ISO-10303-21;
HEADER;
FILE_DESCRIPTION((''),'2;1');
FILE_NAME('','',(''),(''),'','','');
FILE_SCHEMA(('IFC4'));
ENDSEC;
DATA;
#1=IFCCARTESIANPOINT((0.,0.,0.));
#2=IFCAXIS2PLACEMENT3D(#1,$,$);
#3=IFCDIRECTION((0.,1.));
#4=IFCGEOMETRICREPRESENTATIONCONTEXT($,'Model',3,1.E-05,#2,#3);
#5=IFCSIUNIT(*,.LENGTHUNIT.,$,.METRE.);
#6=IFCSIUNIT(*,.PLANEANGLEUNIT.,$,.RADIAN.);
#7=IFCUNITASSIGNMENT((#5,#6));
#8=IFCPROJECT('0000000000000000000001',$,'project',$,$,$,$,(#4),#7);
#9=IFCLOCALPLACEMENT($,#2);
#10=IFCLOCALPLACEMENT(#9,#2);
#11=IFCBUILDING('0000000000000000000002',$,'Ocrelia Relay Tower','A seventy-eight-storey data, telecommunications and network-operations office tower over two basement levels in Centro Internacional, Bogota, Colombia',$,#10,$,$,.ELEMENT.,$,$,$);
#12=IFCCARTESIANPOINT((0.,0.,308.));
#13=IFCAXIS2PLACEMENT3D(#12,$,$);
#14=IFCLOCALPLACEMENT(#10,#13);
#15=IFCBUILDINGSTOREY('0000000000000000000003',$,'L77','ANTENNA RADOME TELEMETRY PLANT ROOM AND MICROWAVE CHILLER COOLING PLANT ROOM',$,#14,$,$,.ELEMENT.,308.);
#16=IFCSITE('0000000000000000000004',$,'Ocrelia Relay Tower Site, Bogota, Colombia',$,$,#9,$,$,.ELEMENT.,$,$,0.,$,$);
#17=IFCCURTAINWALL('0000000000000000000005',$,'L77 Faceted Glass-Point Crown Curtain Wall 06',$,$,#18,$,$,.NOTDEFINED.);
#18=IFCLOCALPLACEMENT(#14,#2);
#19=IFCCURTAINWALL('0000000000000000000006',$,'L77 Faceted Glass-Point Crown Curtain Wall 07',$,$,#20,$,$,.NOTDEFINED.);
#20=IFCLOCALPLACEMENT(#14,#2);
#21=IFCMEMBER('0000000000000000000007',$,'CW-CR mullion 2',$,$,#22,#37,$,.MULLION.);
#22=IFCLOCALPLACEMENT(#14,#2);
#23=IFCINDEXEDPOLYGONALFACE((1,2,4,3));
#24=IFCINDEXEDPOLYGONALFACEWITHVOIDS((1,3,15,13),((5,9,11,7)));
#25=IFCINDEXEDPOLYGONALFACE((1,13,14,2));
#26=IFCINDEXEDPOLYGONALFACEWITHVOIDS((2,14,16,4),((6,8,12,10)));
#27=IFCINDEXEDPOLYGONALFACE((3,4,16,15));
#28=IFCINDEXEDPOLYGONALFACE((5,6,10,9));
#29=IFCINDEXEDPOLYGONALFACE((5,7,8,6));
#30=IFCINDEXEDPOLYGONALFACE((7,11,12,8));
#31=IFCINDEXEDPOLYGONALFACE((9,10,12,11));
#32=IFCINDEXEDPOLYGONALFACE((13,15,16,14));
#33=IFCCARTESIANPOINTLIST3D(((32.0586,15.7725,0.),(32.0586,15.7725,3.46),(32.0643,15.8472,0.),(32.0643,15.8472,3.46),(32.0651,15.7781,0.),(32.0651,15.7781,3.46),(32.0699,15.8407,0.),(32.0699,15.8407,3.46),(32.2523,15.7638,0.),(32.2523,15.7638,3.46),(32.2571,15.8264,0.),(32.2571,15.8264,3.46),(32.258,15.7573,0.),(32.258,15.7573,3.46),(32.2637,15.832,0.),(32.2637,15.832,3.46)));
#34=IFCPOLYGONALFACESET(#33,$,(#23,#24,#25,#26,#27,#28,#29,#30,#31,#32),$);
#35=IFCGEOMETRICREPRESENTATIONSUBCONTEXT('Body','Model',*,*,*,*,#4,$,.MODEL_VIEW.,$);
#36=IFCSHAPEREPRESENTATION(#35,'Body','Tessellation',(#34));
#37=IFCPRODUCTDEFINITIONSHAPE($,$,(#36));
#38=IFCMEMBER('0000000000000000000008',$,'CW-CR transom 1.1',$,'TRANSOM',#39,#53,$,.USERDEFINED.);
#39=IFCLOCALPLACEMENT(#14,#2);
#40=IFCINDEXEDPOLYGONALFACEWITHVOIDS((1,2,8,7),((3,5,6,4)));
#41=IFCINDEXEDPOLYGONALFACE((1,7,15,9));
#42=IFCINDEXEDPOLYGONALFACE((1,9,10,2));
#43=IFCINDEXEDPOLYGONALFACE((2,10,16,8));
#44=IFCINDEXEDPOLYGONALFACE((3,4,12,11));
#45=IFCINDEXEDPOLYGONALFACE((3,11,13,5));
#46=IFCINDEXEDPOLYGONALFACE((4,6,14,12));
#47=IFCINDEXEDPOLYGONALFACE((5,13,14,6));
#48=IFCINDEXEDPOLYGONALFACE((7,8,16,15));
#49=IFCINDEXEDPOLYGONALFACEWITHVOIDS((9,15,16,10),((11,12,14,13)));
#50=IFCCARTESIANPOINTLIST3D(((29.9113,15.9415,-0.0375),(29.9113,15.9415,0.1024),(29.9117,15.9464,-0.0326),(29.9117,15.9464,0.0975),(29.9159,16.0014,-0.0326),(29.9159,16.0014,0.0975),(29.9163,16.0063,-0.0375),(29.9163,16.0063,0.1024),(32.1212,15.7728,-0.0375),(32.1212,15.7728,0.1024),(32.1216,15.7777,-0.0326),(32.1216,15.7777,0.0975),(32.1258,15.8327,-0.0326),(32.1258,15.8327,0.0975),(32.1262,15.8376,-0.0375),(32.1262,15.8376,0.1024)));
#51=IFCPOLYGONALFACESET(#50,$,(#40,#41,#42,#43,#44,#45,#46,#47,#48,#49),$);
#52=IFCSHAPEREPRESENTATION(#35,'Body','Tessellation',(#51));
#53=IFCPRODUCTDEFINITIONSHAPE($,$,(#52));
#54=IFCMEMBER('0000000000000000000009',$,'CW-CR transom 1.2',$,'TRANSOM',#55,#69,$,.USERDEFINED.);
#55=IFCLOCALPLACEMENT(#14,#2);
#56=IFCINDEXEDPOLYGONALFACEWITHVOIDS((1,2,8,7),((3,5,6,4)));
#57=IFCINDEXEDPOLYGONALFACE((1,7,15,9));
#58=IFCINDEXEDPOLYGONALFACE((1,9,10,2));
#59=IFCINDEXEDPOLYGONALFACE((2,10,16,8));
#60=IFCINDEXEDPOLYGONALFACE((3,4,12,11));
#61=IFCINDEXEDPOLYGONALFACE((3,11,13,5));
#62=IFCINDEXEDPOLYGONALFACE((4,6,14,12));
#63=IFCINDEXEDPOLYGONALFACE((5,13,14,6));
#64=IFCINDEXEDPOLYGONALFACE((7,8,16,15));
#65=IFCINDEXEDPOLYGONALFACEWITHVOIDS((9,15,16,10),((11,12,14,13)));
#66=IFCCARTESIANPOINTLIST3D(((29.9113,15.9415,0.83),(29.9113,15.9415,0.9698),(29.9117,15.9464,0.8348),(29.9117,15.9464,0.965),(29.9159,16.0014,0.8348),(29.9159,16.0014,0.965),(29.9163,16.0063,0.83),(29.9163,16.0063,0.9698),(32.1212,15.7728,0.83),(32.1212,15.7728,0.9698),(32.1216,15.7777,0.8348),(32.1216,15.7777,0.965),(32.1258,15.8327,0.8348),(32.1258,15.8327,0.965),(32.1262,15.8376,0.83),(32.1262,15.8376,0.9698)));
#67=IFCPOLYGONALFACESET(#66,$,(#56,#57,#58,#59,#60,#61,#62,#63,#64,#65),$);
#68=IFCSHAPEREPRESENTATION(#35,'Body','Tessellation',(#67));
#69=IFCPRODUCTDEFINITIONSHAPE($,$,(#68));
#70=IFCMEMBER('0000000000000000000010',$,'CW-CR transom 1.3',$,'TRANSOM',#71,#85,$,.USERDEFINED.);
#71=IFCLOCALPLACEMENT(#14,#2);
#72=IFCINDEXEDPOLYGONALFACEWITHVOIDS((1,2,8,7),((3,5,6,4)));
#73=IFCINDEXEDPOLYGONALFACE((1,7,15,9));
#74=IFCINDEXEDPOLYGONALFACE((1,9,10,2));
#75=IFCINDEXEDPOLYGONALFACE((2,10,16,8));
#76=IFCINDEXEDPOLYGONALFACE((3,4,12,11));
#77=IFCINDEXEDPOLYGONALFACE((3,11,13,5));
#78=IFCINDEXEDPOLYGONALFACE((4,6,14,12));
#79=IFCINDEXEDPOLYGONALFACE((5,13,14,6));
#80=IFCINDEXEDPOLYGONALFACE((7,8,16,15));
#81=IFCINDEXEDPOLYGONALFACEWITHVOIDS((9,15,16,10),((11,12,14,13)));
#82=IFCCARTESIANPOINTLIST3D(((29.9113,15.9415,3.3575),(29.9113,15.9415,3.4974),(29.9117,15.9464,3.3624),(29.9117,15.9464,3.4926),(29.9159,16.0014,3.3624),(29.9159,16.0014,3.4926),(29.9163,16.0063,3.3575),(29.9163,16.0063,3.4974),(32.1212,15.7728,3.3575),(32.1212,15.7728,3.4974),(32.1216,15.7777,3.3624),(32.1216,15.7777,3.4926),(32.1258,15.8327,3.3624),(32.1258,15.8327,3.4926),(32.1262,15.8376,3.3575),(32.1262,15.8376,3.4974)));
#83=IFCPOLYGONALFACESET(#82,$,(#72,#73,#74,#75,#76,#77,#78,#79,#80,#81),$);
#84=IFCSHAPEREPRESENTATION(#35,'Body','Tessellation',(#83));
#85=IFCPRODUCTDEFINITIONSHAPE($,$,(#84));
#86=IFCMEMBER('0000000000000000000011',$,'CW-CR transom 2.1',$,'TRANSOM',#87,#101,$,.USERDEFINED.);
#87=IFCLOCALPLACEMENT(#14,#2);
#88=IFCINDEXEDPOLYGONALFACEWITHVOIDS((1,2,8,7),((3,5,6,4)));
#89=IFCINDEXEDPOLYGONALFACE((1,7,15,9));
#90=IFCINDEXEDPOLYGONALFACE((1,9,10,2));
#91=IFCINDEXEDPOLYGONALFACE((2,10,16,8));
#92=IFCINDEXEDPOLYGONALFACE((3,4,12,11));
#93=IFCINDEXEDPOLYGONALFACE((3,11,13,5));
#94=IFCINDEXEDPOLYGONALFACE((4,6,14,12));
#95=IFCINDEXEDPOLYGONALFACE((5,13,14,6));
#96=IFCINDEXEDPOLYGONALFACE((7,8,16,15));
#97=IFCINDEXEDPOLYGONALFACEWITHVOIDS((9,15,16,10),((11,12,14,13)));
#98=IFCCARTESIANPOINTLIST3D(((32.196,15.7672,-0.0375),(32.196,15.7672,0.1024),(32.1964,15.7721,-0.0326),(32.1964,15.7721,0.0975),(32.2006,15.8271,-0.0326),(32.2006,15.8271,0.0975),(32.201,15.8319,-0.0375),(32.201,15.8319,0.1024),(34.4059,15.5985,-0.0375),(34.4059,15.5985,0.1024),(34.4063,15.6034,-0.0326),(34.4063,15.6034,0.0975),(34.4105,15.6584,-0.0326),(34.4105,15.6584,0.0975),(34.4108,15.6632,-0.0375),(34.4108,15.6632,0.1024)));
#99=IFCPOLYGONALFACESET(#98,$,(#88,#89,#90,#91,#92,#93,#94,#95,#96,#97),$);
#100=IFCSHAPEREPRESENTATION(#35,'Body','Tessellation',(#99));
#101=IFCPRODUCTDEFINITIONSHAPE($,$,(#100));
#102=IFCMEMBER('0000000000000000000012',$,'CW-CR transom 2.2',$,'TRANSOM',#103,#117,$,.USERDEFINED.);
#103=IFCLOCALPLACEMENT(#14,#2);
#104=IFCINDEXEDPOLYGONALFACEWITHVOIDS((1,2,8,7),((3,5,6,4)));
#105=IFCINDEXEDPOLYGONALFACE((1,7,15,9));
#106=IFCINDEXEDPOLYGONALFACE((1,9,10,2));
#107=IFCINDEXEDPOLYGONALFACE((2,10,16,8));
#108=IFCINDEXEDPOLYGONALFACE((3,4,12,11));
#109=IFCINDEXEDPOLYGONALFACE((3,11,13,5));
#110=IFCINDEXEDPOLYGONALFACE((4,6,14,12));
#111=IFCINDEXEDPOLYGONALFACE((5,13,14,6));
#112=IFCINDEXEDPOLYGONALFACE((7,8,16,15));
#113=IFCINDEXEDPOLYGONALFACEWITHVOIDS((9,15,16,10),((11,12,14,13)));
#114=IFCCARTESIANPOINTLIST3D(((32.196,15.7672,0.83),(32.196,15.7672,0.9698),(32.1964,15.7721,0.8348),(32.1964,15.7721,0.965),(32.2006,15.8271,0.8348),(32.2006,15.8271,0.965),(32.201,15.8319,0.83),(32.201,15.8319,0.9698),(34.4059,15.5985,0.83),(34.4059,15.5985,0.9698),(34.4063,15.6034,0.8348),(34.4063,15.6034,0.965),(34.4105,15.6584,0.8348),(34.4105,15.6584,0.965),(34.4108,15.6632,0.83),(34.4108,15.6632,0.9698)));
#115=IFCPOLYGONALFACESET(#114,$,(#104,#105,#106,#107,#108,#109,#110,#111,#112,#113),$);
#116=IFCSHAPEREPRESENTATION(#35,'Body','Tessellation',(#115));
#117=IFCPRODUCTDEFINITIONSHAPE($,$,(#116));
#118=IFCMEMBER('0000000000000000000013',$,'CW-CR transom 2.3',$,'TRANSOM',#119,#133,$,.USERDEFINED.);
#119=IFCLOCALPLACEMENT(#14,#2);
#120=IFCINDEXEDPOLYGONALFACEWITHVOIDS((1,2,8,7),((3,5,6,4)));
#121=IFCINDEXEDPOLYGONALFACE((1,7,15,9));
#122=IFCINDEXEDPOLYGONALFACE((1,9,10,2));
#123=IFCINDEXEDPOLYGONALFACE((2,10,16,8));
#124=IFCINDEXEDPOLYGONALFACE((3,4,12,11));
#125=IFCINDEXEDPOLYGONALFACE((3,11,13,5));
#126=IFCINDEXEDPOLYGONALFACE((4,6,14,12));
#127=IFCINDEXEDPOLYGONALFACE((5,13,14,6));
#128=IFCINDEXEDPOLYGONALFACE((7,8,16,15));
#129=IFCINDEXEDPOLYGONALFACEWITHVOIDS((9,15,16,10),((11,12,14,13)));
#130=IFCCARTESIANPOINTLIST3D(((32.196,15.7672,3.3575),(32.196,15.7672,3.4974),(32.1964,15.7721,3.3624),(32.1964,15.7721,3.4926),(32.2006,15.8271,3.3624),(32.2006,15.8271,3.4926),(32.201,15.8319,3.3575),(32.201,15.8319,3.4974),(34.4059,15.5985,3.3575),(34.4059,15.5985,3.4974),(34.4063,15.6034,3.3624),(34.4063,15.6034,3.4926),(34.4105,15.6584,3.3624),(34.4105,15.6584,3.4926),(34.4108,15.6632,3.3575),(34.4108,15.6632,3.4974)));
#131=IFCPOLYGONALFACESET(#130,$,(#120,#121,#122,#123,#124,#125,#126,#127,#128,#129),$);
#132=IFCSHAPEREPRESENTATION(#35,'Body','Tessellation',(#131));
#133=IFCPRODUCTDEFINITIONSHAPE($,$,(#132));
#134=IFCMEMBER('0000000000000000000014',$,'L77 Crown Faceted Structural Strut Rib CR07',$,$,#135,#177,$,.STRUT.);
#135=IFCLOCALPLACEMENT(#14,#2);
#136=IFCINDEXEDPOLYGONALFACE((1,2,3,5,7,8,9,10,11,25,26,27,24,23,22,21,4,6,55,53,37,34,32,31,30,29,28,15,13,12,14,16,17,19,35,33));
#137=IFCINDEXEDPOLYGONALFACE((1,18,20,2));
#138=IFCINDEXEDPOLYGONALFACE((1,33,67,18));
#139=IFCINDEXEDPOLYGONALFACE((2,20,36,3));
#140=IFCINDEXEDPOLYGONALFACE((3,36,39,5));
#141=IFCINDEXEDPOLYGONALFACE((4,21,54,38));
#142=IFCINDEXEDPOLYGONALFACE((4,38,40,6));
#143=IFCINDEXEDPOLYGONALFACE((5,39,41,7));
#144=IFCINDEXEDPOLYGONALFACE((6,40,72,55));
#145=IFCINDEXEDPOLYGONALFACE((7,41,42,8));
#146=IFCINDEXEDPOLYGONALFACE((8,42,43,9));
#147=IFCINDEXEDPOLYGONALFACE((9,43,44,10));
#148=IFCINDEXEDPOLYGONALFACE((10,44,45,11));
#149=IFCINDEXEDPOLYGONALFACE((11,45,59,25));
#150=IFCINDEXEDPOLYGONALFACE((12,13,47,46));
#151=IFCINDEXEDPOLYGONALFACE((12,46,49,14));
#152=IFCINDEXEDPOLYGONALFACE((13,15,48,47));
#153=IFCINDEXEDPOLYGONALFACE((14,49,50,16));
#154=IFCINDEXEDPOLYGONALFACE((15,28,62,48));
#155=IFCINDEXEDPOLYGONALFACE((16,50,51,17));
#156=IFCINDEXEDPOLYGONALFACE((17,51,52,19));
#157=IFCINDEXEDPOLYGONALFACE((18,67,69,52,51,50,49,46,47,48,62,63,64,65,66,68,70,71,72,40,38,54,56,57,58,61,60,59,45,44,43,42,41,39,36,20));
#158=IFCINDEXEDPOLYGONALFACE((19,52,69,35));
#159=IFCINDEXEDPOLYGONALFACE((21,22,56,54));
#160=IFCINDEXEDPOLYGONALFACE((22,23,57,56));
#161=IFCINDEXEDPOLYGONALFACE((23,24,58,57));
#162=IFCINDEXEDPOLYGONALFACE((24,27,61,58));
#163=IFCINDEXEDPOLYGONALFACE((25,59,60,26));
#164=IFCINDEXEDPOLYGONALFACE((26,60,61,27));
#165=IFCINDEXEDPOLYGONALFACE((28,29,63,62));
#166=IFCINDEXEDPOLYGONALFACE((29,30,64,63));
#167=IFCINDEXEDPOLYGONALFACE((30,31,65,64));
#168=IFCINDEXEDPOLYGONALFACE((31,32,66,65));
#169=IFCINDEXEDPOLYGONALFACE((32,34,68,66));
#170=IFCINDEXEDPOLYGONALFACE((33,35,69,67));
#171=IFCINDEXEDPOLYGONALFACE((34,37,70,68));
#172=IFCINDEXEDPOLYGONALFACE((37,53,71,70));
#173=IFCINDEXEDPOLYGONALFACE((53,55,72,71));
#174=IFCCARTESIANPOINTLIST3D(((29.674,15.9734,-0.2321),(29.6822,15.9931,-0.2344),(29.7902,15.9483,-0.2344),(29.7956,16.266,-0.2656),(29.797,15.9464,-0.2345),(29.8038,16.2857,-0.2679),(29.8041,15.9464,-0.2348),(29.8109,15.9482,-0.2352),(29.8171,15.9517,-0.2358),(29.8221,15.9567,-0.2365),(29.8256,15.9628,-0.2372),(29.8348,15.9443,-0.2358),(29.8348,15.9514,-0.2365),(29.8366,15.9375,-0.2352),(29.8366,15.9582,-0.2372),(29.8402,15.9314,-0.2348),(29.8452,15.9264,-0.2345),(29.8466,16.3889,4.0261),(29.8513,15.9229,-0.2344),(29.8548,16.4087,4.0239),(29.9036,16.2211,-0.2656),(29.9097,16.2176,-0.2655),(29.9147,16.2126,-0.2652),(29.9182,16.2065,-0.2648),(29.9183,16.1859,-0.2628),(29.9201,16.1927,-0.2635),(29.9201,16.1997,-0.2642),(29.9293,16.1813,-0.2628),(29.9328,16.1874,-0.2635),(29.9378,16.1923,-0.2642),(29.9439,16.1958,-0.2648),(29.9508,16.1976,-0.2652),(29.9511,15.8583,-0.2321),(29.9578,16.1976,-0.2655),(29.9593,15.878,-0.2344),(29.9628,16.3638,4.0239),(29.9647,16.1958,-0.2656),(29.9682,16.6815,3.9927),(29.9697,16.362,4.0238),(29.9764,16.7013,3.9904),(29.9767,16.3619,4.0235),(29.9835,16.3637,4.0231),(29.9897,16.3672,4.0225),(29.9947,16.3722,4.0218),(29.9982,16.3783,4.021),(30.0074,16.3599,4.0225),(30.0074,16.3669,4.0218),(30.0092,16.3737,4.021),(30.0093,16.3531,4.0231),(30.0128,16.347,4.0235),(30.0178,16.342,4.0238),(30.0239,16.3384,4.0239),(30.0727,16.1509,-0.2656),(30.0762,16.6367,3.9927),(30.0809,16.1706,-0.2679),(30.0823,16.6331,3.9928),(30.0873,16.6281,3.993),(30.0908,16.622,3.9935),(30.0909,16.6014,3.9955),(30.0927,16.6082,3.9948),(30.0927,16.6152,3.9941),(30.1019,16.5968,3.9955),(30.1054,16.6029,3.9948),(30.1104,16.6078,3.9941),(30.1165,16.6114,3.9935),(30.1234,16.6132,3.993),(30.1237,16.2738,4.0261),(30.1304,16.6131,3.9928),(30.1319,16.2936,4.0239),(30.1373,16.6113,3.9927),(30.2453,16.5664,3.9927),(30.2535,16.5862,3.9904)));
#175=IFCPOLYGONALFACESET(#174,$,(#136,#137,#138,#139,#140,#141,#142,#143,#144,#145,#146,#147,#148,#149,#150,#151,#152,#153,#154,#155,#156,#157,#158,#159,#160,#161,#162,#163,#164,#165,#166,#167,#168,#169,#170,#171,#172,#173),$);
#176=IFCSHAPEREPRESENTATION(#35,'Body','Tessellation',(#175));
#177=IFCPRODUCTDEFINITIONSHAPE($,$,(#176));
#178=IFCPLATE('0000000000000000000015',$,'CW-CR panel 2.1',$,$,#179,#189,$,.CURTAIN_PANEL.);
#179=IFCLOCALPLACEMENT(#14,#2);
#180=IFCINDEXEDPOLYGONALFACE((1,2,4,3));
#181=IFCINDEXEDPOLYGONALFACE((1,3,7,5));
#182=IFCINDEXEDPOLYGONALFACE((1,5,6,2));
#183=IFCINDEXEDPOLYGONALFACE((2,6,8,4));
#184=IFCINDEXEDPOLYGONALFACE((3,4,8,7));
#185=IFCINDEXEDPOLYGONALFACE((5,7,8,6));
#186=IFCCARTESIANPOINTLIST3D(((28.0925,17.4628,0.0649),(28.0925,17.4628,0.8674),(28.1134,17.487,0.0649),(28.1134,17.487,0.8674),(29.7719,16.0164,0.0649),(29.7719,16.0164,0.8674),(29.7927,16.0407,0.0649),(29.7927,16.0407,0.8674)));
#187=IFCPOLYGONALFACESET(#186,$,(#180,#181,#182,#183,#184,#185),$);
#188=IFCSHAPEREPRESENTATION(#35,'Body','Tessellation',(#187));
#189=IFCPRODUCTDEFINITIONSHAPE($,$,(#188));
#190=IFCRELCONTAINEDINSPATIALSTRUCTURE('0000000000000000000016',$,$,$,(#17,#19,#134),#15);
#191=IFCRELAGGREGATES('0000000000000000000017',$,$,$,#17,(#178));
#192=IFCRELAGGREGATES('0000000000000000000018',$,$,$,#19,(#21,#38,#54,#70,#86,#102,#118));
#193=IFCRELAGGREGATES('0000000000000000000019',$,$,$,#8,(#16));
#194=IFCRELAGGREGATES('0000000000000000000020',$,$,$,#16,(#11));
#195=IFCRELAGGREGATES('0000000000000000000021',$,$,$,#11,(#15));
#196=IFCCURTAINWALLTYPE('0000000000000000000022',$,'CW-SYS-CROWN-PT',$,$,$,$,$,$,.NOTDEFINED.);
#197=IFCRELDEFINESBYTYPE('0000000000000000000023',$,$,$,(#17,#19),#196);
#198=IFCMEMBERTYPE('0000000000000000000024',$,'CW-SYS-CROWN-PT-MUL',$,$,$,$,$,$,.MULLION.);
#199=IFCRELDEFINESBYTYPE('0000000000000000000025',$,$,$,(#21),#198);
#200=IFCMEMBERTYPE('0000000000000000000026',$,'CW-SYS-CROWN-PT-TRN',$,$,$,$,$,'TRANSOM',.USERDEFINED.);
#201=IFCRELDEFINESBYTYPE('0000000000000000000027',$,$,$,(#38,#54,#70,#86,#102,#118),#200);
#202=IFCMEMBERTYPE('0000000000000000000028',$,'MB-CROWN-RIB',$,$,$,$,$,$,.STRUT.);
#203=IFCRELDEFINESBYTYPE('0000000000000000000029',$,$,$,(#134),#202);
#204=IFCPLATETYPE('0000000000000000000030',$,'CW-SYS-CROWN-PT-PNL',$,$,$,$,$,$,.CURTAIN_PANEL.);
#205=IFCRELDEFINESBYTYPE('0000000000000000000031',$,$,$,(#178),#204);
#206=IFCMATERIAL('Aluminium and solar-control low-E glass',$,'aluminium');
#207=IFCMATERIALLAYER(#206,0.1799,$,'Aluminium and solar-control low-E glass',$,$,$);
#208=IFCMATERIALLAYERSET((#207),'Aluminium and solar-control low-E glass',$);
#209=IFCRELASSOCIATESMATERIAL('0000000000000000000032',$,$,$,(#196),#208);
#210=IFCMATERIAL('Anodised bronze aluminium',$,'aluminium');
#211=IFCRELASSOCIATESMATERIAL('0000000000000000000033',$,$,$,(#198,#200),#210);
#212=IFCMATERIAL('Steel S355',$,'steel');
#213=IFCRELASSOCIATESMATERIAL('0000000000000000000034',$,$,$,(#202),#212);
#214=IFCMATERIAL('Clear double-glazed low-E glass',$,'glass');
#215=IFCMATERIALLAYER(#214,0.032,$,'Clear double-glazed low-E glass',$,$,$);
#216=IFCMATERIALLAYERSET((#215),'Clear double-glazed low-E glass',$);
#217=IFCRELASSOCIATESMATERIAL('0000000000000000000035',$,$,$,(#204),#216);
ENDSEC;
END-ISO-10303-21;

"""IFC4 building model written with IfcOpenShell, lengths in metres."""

from ifc_helpers import new_model, si_unit, direction, frame, origin, origin_2d, place, context, subcontext, project, spatial, rectangle, hollow_rectangle, i_section, extrude, material, layer, layer_set, material_profile, profile_set, type_object, element, aggregate, save


model = new_model("IFC4")

# Units and contexts
model_context = context("Model", 3, precision=1e-05, world=origin(), true_north=direction((0.0, 1.0)))
body_context = subcontext(model_context, "Body", "Model", "MODEL_VIEW")
ifc_project = project(units=[si_unit("LENGTHUNIT", "METRE"), si_unit("PLANEANGLEUNIT", "RADIAN")], contexts=[model_context])

# Site, building, storey
site_placement = place(None, origin())
site = spatial("IfcSite", under=ifc_project, at=site_placement, Name="Ocrelia Relay Tower Site, Bogota, Colombia", CompositionType="ELEMENT", RefElevation=0.0)
building_placement = place(site_placement, origin())
building = spatial("IfcBuilding", under=site, at=building_placement, Name="Ocrelia Relay Tower", Description="A seventy-eight-storey data, telecommunications and network-operations office tower over two basement levels in Centro Internacional, Bogota, Colombia", CompositionType="ELEMENT")
storey_placement = place(building_placement, frame((0.0, 0.0, 308.0)))
storey = spatial("IfcBuildingStorey", under=building, at=storey_placement, Name="L77", Description="ANTENNA RADOME TELEMETRY PLANT ROOM AND MICROWAVE CHILLER COOLING PLANT ROOM", CompositionType="ELEMENT", Elevation=308.0)

# Shared definitions
ifc_material_1 = material(Name="Steel S355", Category="steel")

# Curtain wall
ifc_material_2 = material(Name="Aluminium and solar-control low-E glass", Category="aluminium")
ifc_layer_1 = layer(ifc_material_2, 0.1799, Name="Aluminium and solar-control low-E glass")
ifc_layer_set_1 = layer_set([ifc_layer_1], Name="Aluminium and solar-control low-E glass")
curtain_wall_type = type_object("IfcCurtainWallType", Name="CW-SYS-CROWN-PT", PredefinedType="NOTDEFINED", material=ifc_layer_set_1)
curtain_wall_1_placement = place(storey_placement, origin())
curtain_wall_1 = element("IfcCurtainWall", 1, at=curtain_wall_1_placement, inside=storey, type_object=curtain_wall_type, Name="L77 Faceted Glass-Point Crown Curtain Wall 06", PredefinedType="NOTDEFINED")
ifc_material_3 = material(Name="Anodised bronze aluminium", Category="aluminium")
ifc_material_profile_1 = material_profile(ifc_material_3, hollow_rectangle(XDim=0.075, YDim=0.2, WallThickness=0.0061, at=origin_2d()), Name="CW-MUL-200x75")
ifc_profile_set_1 = profile_set([ifc_material_profile_1], Name="Anodised bronze aluminium")
member_type_1 = type_object("IfcMemberType", Name="CW-SYS-CROWN-PT-MUL", PredefinedType="MULLION", material=ifc_profile_set_1)

# Curtain wall, members
curtain_wall_2_placement = place(storey_placement, origin())
curtain_wall_2 = element("IfcCurtainWall", 2, at=curtain_wall_2_placement, inside=storey, type_object=curtain_wall_type, Name="L77 Faceted Glass-Point Crown Curtain Wall 07", PredefinedType="NOTDEFINED")
member_1_placement = place(storey_placement, frame((32.1611, 15.8022, 0.0), z_axis=(0.0, 0.0, 1.0), x_axis=(0.076089, 0.997101, 0.0)))
member_1 = element("IfcMember", 3, at=member_1_placement, type_object=member_type_1, Name="CW-CR mullion 2", PredefinedType="MULLION", context=body_context, shape_type="SweptSolid", body=[
    extrude(hollow_rectangle(XDim=0.075, YDim=0.2, WallThickness=0.0061, at=origin_2d()), origin(), (0.0, 0.0, 1.0), 3.46),
])
ifc_material_profile_2 = material_profile(ifc_material_3, hollow_rectangle(XDim=0.0649, YDim=0.1399, WallThickness=0.0049, at=origin_2d()), Name="CW-TRN-140x65")
ifc_profile_set_2 = profile_set([ifc_material_profile_2], Name="Anodised bronze aluminium")
member_type_2 = type_object("IfcMemberType", Name="CW-SYS-CROWN-PT-TRN", ElementType="TRANSOM", PredefinedType="USERDEFINED", material=ifc_profile_set_2)
member_2_placement = place(storey_placement, frame((29.9138, 15.9739, 0.0325), z_axis=(0.997099, -0.076115, 0.0), x_axis=(0.076115, 0.997099, 0.0)))
member_2 = element("IfcMember", 4, at=member_2_placement, type_object=member_type_2, Name="CW-CR transom 1.1", ObjectType="TRANSOM", PredefinedType="USERDEFINED", context=body_context, shape_type="SweptSolid", body=[
    extrude(hollow_rectangle(XDim=0.0649, YDim=0.1399, WallThickness=0.0049, at=origin_2d()), origin(), (0.0, 0.0, 1.0), 2.2163),
])
member_3_placement = place(storey_placement, frame((29.9138, 15.9739, 0.8999), z_axis=(0.997099, -0.076115, 0.0), x_axis=(0.076115, 0.997099, 0.0)))
member_3 = element("IfcMember", 5, at=member_3_placement, type_object=member_type_2, Name="CW-CR transom 1.2", ObjectType="TRANSOM", PredefinedType="USERDEFINED", context=body_context, shape_type="SweptSolid", body=[
    extrude(hollow_rectangle(XDim=0.0649, YDim=0.1399, WallThickness=0.0049, at=origin_2d()), origin(), (0.0, 0.0, 1.0), 2.2163),
])
member_4_placement = place(storey_placement, frame((29.9138, 15.9739, 3.4275), z_axis=(0.997099, -0.076115, 0.0), x_axis=(0.076115, 0.997099, 0.0)))
member_4 = element("IfcMember", 6, at=member_4_placement, type_object=member_type_2, Name="CW-CR transom 1.3", ObjectType="TRANSOM", PredefinedType="USERDEFINED", context=body_context, shape_type="SweptSolid", body=[
    extrude(hollow_rectangle(XDim=0.0649, YDim=0.1399, WallThickness=0.0049, at=origin_2d()), origin(), (0.0, 0.0, 1.0), 2.2163),
])
member_5_placement = place(storey_placement, frame((32.1985, 15.7996, 0.0325), z_axis=(0.997099, -0.076115, 0.0), x_axis=(0.076115, 0.997099, 0.0)))
member_5 = element("IfcMember", 7, at=member_5_placement, type_object=member_type_2, Name="CW-CR transom 2.1", ObjectType="TRANSOM", PredefinedType="USERDEFINED", context=body_context, shape_type="SweptSolid", body=[
    extrude(hollow_rectangle(XDim=0.0649, YDim=0.1399, WallThickness=0.0049, at=origin_2d()), origin(), (0.0, 0.0, 1.0), 2.2163),
])
member_6_placement = place(storey_placement, frame((32.1985, 15.7996, 0.8999), z_axis=(0.997099, -0.076115, 0.0), x_axis=(0.076115, 0.997099, 0.0)))
member_6 = element("IfcMember", 8, at=member_6_placement, type_object=member_type_2, Name="CW-CR transom 2.2", ObjectType="TRANSOM", PredefinedType="USERDEFINED", context=body_context, shape_type="SweptSolid", body=[
    extrude(hollow_rectangle(XDim=0.0649, YDim=0.1399, WallThickness=0.0049, at=origin_2d()), origin(), (0.0, 0.0, 1.0), 2.2163),
])
member_7_placement = place(storey_placement, frame((32.1985, 15.7996, 3.4275), z_axis=(0.997099, -0.076115, 0.0), x_axis=(0.076115, 0.997099, 0.0)))
member_7 = element("IfcMember", 9, at=member_7_placement, type_object=member_type_2, Name="CW-CR transom 2.3", ObjectType="TRANSOM", PredefinedType="USERDEFINED", context=body_context, shape_type="SweptSolid", body=[
    extrude(hollow_rectangle(XDim=0.0649, YDim=0.1399, WallThickness=0.0049, at=origin_2d()), origin(), (0.0, 0.0, 1.0), 2.2163),
])

# Member
ifc_material_profile_3 = material_profile(ifc_material_1, i_section(OverallWidth=0.3, OverallDepth=0.3401, WebThickness=0.012, FlangeThickness=0.0215, FilletRadius=0.0271, at=origin_2d()), Name="HEB 340")
ifc_profile_set_3 = profile_set([ifc_material_profile_3], Name="Steel S355")
member_type_3 = type_object("IfcMemberType", Name="MB-CROWN-RIB", PredefinedType="STRUT", material=ifc_profile_set_3)
member_8_placement = place(storey_placement, frame((29.8774, 16.072, -0.25), z_axis=(0.04031, 0.09704, 0.994464), x_axis=(-0.923494, 0.383613, 0.0)))
element("IfcMember", 10, at=member_8_placement, inside=storey, type_object=member_type_3, Name="L77 Crown Faceted Structural Strut Rib CR07", PredefinedType="STRUT", context=body_context, shape_type="SweptSolid", body=[
    extrude(i_section(OverallWidth=0.3, OverallDepth=0.3401, WebThickness=0.012, FlangeThickness=0.0215, FilletRadius=0.0271, at=origin_2d()), origin(), (0.0, 0.0, 1.0), 4.282),
])

# Plate
ifc_material_4 = material(Name="Clear double-glazed low-E glass", Category="glass")
ifc_layer_2 = layer(ifc_material_4, 0.032, Name="Clear double-glazed low-E glass")
ifc_layer_set_2 = layer_set([ifc_layer_2], Name="Clear double-glazed low-E glass")
plate_type = type_object("IfcPlateType", Name="CW-SYS-CROWN-PT-PNL", PredefinedType="CURTAIN_PANEL", material=ifc_layer_set_2)
plate_1_placement = place(storey_placement, frame((28.9426, 16.7517, 0.0649), z_axis=(0.0, 0.0, 1.0), x_axis=(0.757719, -0.652581, 0.0)))
plate_1 = element("IfcPlate", 11, at=plate_1_placement, type_object=plate_type, Name="CW-CR panel 2.1", PredefinedType="CURTAIN_PANEL", context=body_context, shape_type="SweptSolid", body=[
    extrude(rectangle(XDim=2.2163, YDim=0.032, at=origin_2d()), origin(), (0.0, 0.0, 1.0), 0.8025),
])
aggregate(curtain_wall_1, [plate_1])
aggregate(curtain_wall_2, [member_1, member_2, member_3, member_4, member_5, member_6, member_7])

save(model, "model.ifc")
